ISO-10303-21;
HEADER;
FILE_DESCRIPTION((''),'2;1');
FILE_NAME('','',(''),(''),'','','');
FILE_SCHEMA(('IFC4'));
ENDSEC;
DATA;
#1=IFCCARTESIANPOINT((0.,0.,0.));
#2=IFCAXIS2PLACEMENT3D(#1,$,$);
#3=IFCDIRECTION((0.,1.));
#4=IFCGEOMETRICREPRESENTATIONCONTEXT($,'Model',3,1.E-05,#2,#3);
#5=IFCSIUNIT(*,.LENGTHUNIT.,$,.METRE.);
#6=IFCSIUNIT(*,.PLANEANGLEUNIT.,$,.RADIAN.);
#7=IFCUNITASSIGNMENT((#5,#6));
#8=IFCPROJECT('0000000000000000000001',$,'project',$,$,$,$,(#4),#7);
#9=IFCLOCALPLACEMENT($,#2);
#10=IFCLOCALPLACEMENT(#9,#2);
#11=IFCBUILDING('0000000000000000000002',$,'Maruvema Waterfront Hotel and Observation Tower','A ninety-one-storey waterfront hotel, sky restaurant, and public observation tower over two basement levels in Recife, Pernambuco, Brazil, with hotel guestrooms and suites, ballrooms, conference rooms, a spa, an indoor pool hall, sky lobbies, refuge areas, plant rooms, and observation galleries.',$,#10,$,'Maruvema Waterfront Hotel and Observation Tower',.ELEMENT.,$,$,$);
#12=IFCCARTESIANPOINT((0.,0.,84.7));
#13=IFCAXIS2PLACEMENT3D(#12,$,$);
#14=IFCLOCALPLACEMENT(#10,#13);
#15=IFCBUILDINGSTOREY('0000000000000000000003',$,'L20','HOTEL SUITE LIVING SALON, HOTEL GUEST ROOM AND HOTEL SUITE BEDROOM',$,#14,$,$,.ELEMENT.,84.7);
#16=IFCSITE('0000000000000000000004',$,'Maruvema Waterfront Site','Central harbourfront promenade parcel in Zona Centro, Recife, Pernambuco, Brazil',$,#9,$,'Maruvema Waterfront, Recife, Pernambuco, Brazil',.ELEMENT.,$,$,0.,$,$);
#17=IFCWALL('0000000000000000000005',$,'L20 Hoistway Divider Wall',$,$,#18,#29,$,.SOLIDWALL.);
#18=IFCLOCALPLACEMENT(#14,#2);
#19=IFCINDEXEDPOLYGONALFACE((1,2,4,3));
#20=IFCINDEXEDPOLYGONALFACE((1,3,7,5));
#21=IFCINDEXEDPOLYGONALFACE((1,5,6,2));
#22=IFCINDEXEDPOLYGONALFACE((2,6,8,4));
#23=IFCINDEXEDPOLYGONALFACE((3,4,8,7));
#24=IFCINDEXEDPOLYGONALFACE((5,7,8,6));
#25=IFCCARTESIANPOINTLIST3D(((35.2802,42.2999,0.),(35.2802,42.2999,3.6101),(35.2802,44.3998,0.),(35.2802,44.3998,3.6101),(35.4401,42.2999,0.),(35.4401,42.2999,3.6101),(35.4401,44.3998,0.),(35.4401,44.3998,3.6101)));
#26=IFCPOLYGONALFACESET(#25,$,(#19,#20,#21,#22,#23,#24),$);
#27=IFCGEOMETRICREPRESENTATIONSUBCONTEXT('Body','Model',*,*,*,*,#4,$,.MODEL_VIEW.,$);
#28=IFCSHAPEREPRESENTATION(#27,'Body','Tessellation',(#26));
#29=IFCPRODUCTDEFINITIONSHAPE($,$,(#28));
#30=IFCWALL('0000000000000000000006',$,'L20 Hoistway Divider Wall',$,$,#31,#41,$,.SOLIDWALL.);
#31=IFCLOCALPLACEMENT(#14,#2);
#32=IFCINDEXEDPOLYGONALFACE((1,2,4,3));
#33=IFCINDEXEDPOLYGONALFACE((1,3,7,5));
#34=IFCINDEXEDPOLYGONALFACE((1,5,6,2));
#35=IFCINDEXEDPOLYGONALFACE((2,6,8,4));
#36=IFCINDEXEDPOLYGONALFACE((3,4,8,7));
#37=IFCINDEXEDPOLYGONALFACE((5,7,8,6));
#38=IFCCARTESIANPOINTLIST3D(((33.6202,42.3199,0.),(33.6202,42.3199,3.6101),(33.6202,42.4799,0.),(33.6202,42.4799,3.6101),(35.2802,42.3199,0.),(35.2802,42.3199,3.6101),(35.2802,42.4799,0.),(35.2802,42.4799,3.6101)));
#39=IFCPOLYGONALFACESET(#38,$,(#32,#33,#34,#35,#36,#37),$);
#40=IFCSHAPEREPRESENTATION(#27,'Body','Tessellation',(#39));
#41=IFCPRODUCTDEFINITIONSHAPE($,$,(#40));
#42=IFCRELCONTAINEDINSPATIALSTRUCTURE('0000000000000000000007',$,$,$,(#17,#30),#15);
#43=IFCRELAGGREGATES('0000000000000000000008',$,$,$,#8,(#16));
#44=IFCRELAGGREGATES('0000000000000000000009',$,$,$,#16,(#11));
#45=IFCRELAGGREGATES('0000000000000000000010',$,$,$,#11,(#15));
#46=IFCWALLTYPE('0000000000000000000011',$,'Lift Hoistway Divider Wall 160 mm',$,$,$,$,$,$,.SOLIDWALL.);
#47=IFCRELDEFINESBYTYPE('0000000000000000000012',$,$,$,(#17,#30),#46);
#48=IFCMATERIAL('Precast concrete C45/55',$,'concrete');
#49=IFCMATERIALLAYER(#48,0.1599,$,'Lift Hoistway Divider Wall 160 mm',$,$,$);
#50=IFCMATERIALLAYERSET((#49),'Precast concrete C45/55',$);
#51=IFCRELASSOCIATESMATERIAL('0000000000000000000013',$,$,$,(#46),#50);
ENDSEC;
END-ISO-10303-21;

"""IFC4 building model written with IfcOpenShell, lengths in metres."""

from ifc_helpers import new_model, si_unit, direction, frame, frame_2d, origin, place, context, subcontext, project, spatial, rectangle, extrude, material, layer, layer_set, type_object, element, save


model = new_model("IFC4")

# Units and contexts
model_context = context("Model", 3, precision=1e-05, world=origin(), true_north=direction((0.0, 1.0)))
body_context = subcontext(model_context, "Body", "Model", "MODEL_VIEW")
ifc_project = project(units=[si_unit("LENGTHUNIT", "METRE"), si_unit("PLANEANGLEUNIT", "RADIAN")], contexts=[model_context])

# Site, building, storey
site_placement = place(None, origin())
site = spatial("IfcSite", under=ifc_project, at=site_placement, Name="Maruvema Waterfront Site", Description="Central harbourfront promenade parcel in Zona Centro, Recife, Pernambuco, Brazil", LongName="Maruvema Waterfront, Recife, Pernambuco, Brazil", CompositionType="ELEMENT", RefElevation=0.0)
building_placement = place(site_placement, origin())
building = spatial("IfcBuilding", under=site, at=building_placement, Name="Maruvema Waterfront Hotel and Observation Tower", Description="A ninety-one-storey waterfront hotel, sky restaurant, and public observation tower over two basement levels in Recife, Pernambuco, Brazil, with hotel guestrooms and suites, ballrooms, conference rooms, a spa, an indoor pool hall, sky lobbies, refuge areas, plant rooms, and observation galleries.", LongName="Maruvema Waterfront Hotel and Observation Tower", CompositionType="ELEMENT")
storey_placement = place(building_placement, frame((0.0, 0.0, 84.7)))
storey = spatial("IfcBuildingStorey", under=building, at=storey_placement, Name="L20", Description="HOTEL SUITE LIVING SALON, HOTEL GUEST ROOM AND HOTEL SUITE BEDROOM", CompositionType="ELEMENT", Elevation=84.7)

# Walls
ifc_material_1 = material(Name="Precast concrete C45/55", Category="concrete")
ifc_layer_1 = layer(ifc_material_1, 0.1599, Name="Lift Hoistway Divider Wall 160 mm")
ifc_layer_set_1 = layer_set([ifc_layer_1], Name="Precast concrete C45/55")
wall_type_1 = type_object("IfcWallType", Name="Lift Hoistway Divider Wall 160 mm", PredefinedType="SOLIDWALL", material=ifc_layer_set_1)
for number, where, z_axis, x_axis, name in (
    (1, (35.3601, 42.3, 0.0), (0.0, 0.0, 1.0), (0.0, 1.0, 0.0), "L20 Hoistway Divider Wall"),
):
    element("IfcWall", number, at=place(storey_placement, frame(where, z_axis=z_axis, x_axis=x_axis)), inside=storey, type_object=wall_type_1, Name=name, PredefinedType="SOLIDWALL", context=body_context, shape_type="SweptSolid", body=[
        extrude(rectangle(XDim=2.0999, YDim=0.1599, at=frame_2d((1.0498, 0.0))), origin(), (0.0, 0.0, 1.0), 3.6101),
    ])
wall_1_placement = place(storey_placement, frame((33.6201, 42.3999, 0.0), z_axis=(0.0, 0.0, 1.0), x_axis=(1.0, 0.0, 0.0)))
element("IfcWall", 2, at=wall_1_placement, inside=storey, type_object=wall_type_1, Name="L20 Hoistway Divider Wall", PredefinedType="SOLIDWALL", context=body_context, shape_type="SweptSolid", body=[
    extrude(rectangle(XDim=1.6599, YDim=0.1599, at=frame_2d((0.8301, 0.0))), origin(), (0.0, 0.0, 1.0), 3.6101),
])

save(model, "model.ifc")
